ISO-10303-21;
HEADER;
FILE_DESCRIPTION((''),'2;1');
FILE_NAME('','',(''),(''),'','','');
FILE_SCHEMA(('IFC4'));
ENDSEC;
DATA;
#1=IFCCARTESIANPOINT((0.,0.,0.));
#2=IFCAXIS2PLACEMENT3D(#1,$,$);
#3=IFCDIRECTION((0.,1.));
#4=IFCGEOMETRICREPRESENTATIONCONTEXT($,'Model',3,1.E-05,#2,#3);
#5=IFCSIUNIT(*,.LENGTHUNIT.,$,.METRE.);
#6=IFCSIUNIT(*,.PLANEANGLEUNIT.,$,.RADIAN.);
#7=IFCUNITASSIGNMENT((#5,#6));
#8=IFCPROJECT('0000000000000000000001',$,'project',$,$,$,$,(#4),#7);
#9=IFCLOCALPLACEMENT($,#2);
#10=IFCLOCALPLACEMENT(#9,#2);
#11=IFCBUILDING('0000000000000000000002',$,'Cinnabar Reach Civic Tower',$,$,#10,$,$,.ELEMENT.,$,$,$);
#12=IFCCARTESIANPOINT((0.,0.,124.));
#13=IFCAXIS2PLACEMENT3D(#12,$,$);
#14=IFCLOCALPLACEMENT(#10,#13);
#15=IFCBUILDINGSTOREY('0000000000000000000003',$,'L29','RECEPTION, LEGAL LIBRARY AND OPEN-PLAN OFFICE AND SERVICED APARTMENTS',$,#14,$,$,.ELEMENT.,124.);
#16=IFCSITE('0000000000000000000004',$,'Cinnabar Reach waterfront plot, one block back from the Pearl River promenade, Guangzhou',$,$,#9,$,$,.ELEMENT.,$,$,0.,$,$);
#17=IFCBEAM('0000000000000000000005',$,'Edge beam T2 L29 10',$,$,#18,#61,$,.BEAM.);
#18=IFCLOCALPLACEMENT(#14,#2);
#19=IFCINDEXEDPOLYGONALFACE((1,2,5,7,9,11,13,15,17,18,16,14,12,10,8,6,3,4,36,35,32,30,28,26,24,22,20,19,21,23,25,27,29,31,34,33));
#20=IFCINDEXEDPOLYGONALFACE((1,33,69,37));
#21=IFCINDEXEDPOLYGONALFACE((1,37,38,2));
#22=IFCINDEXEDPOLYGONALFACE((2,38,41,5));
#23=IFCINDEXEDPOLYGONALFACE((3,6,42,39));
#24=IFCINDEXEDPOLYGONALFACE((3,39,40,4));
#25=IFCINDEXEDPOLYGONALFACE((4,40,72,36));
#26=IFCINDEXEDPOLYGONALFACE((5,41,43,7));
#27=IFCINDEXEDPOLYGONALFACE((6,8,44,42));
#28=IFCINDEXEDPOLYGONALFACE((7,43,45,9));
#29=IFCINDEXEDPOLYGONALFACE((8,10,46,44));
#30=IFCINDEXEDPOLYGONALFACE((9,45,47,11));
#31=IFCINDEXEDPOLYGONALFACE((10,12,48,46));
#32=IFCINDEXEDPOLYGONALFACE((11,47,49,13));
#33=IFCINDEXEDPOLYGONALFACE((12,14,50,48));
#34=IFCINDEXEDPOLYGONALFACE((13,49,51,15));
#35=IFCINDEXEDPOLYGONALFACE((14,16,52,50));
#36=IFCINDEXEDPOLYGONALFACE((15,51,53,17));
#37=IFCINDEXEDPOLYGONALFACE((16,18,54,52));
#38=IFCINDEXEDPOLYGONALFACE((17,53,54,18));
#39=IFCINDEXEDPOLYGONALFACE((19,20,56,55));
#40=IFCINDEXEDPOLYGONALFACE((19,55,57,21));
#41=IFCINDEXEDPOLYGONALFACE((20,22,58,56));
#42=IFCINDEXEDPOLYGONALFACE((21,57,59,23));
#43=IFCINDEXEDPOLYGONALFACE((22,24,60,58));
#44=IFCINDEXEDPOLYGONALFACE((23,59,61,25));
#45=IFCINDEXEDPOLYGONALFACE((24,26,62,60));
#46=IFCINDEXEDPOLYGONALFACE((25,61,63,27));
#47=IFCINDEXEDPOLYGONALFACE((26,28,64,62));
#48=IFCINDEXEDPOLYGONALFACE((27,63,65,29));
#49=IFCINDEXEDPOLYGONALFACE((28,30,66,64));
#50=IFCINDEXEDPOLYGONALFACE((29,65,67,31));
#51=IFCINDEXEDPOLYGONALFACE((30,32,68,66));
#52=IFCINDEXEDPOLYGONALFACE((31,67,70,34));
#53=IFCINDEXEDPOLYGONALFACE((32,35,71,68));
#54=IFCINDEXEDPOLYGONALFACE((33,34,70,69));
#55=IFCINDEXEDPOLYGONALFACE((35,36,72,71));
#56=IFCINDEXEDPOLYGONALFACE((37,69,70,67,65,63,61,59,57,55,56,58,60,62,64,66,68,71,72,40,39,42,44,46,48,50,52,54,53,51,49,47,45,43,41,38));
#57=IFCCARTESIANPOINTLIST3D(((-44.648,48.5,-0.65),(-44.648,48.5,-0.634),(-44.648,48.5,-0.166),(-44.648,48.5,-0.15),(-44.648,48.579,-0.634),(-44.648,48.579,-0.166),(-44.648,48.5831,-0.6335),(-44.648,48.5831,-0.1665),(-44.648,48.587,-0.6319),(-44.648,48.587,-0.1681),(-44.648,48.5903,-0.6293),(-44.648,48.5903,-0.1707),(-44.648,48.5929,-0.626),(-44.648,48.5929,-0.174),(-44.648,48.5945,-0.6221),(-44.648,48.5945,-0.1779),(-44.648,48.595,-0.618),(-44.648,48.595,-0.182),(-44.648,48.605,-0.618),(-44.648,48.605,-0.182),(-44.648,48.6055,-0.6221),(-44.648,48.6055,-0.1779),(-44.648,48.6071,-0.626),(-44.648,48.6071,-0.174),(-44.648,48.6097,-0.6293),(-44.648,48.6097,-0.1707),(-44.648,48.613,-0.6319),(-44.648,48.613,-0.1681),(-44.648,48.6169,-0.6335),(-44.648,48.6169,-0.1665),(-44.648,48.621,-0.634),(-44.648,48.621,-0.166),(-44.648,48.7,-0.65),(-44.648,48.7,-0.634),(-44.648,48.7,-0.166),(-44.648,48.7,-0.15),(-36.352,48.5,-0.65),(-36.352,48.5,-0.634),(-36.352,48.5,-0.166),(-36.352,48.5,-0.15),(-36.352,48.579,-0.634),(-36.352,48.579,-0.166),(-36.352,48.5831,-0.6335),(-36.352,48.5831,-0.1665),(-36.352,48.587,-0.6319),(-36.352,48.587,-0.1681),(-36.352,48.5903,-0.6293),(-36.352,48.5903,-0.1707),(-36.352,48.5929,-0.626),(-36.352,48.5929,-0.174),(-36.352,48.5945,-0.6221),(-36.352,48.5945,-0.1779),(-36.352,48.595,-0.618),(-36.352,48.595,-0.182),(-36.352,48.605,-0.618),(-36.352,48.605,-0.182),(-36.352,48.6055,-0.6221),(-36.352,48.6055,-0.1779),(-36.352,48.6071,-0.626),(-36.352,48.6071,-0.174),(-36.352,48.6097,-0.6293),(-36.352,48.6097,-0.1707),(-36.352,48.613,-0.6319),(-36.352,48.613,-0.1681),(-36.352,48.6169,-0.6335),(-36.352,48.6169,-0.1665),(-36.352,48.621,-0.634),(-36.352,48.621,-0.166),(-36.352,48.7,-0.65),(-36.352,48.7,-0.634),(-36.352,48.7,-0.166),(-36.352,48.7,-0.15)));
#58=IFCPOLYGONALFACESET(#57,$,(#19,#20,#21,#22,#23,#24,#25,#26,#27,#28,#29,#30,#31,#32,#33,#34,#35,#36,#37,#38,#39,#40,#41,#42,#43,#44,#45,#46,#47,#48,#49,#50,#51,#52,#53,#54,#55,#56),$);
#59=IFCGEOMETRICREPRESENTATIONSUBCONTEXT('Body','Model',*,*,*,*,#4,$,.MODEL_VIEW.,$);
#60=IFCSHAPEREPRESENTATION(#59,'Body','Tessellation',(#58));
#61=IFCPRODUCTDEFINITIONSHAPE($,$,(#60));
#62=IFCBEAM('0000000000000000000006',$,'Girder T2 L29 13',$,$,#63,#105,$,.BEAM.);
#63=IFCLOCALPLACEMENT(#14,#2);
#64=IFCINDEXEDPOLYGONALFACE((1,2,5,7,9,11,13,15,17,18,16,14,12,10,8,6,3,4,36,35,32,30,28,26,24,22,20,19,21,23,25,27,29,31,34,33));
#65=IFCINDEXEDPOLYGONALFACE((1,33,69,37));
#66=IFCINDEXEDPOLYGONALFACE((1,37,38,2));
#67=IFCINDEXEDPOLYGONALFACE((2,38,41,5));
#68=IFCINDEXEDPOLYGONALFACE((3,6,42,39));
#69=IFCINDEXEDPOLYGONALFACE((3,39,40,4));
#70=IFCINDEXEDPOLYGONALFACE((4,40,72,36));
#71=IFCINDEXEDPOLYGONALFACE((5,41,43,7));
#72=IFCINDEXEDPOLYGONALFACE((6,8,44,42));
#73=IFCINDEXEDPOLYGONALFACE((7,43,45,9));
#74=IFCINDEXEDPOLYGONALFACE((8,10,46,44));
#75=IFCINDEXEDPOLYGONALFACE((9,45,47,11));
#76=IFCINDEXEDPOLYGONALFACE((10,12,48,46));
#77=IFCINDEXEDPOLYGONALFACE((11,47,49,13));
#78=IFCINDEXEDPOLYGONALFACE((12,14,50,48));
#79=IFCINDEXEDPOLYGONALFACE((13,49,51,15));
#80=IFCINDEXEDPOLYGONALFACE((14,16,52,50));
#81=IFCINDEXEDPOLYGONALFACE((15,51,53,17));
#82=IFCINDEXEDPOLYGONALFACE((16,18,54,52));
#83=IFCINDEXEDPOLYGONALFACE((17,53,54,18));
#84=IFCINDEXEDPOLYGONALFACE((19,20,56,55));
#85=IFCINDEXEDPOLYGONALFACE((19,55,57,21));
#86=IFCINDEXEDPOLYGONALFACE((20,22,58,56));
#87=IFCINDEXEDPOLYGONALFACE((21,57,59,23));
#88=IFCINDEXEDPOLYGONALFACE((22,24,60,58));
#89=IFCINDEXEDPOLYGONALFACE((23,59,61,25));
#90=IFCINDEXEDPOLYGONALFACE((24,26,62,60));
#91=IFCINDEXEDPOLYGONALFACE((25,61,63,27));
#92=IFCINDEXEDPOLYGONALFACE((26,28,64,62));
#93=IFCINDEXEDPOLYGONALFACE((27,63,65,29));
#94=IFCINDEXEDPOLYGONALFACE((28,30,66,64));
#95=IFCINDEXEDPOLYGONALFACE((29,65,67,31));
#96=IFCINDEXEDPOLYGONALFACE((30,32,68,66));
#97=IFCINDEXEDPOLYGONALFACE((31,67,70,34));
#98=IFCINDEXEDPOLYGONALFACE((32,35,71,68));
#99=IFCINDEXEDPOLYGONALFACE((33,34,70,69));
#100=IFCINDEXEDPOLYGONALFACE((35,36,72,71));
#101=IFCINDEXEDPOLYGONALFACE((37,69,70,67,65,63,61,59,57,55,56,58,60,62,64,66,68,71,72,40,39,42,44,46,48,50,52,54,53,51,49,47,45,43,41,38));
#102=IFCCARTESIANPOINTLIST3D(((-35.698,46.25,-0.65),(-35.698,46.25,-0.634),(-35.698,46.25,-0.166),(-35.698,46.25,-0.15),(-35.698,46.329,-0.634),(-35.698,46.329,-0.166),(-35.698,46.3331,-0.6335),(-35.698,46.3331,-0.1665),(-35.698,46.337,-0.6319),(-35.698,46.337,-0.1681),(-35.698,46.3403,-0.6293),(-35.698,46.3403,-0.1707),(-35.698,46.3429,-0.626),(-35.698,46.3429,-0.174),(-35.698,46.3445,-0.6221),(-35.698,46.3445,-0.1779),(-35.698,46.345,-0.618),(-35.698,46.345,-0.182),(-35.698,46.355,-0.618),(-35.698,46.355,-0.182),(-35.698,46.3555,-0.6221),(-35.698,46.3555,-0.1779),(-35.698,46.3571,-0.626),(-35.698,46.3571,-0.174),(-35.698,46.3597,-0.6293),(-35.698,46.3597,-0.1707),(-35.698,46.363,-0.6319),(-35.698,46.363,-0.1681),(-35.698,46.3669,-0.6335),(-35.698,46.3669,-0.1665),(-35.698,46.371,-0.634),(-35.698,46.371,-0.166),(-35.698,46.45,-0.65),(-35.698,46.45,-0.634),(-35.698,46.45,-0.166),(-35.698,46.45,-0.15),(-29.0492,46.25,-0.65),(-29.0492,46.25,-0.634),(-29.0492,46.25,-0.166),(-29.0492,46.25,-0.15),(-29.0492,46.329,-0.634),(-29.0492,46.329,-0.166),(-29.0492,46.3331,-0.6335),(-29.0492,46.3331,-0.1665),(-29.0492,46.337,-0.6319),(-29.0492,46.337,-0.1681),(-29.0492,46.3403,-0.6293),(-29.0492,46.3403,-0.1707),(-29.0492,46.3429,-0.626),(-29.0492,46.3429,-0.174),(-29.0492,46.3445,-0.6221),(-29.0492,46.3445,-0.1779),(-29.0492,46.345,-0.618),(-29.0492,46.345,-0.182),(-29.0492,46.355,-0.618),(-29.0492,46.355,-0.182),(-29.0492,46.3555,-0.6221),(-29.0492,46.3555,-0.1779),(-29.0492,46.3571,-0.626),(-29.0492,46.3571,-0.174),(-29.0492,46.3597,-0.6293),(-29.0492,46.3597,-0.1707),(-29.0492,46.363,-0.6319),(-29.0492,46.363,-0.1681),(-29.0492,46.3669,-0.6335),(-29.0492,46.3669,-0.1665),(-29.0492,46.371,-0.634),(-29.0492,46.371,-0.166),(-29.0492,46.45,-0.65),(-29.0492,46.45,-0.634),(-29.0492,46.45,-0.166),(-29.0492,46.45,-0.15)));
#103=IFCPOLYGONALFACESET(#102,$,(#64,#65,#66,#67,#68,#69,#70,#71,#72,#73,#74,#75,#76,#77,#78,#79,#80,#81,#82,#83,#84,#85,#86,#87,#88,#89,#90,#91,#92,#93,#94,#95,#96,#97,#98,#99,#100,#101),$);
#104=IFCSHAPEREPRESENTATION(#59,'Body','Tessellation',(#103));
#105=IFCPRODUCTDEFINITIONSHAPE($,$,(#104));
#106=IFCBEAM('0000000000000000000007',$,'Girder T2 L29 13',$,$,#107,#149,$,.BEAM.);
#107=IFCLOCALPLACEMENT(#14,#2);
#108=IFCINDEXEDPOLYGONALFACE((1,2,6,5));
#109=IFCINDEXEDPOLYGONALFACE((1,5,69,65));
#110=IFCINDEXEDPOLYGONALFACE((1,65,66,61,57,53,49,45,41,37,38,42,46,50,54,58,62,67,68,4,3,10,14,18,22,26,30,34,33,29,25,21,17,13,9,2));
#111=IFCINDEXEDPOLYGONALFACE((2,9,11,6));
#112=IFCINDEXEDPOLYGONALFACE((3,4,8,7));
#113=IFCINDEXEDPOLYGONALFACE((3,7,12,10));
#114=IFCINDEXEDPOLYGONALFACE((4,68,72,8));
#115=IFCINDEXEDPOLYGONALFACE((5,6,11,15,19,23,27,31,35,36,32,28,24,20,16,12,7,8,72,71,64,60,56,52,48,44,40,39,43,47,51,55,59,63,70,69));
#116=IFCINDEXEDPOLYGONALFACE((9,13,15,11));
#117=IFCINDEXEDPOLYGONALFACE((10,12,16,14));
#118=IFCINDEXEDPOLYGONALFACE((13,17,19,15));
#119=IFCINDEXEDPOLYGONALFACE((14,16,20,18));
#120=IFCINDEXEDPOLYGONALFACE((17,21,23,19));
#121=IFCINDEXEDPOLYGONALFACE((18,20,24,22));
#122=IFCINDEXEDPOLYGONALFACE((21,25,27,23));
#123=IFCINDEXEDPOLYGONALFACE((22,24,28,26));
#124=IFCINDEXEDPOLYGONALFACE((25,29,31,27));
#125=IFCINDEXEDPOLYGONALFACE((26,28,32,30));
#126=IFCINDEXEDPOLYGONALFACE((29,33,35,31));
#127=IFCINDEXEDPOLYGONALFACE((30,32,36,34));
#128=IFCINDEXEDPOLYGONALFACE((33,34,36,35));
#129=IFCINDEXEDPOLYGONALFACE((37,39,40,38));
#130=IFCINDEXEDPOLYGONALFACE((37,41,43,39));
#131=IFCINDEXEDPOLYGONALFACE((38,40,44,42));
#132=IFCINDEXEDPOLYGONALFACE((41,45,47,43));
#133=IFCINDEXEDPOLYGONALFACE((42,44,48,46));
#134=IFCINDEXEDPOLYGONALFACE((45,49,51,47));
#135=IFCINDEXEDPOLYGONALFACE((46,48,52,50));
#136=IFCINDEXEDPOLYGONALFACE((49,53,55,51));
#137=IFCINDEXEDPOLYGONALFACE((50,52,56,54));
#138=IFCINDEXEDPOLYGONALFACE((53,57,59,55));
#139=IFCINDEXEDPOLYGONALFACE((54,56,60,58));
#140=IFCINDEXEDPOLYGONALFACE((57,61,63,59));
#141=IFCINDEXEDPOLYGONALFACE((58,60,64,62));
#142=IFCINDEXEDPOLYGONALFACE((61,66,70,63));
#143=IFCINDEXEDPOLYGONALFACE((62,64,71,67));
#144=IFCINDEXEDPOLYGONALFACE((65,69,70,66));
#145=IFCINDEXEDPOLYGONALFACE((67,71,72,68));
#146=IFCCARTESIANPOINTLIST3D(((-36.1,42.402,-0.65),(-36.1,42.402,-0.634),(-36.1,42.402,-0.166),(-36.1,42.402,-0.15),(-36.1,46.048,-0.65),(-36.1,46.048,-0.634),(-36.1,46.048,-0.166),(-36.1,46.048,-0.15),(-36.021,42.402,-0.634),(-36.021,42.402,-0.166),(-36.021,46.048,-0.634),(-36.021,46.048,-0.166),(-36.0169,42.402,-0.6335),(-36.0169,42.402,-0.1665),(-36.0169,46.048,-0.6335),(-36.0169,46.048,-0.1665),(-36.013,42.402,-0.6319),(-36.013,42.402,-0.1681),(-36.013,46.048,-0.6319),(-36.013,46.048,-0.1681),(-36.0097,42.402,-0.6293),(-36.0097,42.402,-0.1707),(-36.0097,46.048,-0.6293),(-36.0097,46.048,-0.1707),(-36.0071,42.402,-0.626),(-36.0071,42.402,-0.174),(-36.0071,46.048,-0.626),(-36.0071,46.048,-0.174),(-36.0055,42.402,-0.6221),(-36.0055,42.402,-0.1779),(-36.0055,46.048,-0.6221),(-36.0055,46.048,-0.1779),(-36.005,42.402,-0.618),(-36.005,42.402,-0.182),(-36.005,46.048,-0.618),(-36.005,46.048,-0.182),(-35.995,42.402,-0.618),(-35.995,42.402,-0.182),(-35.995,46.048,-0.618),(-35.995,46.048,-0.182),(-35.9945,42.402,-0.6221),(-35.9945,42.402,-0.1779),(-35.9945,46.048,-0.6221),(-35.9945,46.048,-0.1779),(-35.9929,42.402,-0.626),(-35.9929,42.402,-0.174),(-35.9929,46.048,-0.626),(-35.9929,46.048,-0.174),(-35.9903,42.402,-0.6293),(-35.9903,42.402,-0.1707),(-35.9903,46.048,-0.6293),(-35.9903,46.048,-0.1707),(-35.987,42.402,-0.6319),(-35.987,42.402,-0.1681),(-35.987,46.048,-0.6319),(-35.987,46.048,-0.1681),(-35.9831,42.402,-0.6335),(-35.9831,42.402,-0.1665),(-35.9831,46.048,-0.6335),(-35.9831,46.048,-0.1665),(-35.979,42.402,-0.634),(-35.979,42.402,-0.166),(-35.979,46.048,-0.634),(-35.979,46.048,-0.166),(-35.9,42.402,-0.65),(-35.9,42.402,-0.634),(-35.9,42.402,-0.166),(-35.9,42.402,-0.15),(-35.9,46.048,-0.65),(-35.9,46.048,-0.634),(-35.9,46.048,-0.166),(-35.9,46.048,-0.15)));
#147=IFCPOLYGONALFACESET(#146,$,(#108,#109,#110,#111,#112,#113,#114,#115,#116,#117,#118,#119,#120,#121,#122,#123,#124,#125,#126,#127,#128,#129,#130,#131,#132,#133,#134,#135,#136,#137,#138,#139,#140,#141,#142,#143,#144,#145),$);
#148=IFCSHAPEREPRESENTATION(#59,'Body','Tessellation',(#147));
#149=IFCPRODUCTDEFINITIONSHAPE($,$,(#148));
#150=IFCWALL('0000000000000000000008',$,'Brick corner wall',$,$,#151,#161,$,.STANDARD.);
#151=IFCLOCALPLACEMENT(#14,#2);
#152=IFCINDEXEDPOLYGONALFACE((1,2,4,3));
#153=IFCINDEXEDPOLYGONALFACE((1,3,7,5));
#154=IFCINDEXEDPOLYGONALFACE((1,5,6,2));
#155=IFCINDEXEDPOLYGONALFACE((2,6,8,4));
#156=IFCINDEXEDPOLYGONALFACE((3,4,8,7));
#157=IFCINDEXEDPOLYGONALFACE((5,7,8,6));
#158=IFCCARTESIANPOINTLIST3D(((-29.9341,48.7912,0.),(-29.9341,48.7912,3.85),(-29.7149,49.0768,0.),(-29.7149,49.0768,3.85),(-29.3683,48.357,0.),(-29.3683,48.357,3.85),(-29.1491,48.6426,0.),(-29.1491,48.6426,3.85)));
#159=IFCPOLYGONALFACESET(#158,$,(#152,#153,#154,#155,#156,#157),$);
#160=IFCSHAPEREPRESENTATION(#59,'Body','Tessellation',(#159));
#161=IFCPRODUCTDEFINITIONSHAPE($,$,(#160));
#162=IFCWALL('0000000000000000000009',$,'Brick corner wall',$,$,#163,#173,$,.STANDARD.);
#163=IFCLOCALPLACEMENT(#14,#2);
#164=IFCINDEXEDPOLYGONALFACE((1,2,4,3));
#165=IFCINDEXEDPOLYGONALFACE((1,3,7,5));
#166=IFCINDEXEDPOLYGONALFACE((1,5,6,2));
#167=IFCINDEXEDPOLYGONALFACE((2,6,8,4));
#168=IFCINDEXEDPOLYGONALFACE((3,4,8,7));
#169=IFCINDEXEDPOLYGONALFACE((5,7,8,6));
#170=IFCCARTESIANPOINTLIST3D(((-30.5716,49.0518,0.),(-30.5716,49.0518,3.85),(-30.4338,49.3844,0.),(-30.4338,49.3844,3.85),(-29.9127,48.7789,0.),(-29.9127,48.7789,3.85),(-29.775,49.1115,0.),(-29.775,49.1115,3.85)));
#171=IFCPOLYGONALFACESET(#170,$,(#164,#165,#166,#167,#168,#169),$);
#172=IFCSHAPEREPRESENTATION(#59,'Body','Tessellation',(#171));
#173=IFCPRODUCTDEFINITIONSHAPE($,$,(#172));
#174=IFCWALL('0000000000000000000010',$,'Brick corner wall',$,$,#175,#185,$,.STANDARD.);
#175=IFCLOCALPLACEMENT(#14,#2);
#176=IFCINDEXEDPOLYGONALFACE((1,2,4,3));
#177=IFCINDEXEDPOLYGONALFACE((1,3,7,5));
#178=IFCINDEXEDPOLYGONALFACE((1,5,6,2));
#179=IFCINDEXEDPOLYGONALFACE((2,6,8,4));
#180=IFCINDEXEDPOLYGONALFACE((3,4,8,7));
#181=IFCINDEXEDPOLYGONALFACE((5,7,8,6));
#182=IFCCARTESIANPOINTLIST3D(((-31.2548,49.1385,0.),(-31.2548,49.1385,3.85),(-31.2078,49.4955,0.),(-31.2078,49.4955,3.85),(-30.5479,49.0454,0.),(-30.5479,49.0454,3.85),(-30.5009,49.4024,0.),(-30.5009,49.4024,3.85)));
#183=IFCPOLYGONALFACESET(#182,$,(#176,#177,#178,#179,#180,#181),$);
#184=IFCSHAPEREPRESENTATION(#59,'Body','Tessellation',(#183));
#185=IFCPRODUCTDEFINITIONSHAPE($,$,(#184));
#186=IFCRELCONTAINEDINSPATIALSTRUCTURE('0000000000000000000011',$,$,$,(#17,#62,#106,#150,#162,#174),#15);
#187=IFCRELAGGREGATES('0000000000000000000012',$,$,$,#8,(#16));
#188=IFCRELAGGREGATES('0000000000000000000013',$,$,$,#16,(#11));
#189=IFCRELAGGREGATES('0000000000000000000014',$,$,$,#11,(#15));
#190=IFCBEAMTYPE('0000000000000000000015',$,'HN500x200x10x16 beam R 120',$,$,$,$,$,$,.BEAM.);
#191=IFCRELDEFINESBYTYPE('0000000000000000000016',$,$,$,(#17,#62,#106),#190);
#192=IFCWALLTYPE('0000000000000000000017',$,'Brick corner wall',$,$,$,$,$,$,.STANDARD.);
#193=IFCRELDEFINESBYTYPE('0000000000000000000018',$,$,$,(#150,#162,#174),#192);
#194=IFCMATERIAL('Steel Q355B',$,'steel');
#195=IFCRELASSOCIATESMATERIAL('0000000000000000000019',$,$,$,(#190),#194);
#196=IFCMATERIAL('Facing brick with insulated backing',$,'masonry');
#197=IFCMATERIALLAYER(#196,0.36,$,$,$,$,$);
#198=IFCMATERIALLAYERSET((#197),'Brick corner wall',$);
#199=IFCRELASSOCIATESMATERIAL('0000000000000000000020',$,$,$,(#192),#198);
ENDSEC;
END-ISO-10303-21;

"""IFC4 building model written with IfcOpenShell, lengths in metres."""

from ifc_helpers import new_model, si_unit, direction, frame, frame_2d, origin, origin_2d, place, context, subcontext, project, spatial, rectangle, i_section, extrude, material, layer, layer_set, material_profile, profile_set, type_object, element, save


model = new_model("IFC4")

# Units and contexts
model_context = context("Model", 3, precision=1e-05, world=origin(), true_north=direction((0.0, 1.0)))
body_context = subcontext(model_context, "Body", "Model", "MODEL_VIEW")
ifc_project = project(units=[si_unit("LENGTHUNIT", "METRE"), si_unit("PLANEANGLEUNIT", "RADIAN")], contexts=[model_context])

# Site, building, storey
site_placement = place(None, origin())
site = spatial("IfcSite", under=ifc_project, at=site_placement, Name="Cinnabar Reach waterfront plot, one block back from the Pearl River promenade, Guangzhou", CompositionType="ELEMENT", RefElevation=0.0)
building_placement = place(site_placement, origin())
building = spatial("IfcBuilding", under=site, at=building_placement, Name="Cinnabar Reach Civic Tower", CompositionType="ELEMENT")
storey_placement = place(building_placement, frame((0.0, 0.0, 124.0)))
storey = spatial("IfcBuildingStorey", under=building, at=storey_placement, Name="L29", Description="RECEPTION, LEGAL LIBRARY AND OPEN-PLAN OFFICE AND SERVICED APARTMENTS", CompositionType="ELEMENT", Elevation=124.0)

# Beams
ifc_material_1 = material(Name="Steel Q355B", Category="steel")
ifc_material_profile_1 = material_profile(ifc_material_1, i_section(OverallWidth=0.2, OverallDepth=0.5, WebThickness=0.01, FlangeThickness=0.016, FilletRadius=0.016, at=origin_2d()), Name="HN500x200x10x16")
ifc_profile_set_1 = profile_set([ifc_material_profile_1], Name="Steel Q355B")
beam_type_1 = type_object("IfcBeamType", Name="HN500x200x10x16 beam R 120", PredefinedType="BEAM", material=ifc_profile_set_1)
beam_1_placement = place(storey_placement, frame((-36.352, 48.6, -0.4), z_axis=(-1.0, 0.0, 0.0), x_axis=(0.0, -1.0, 0.0)))
element("IfcBeam", 1, at=beam_1_placement, inside=storey, type_object=beam_type_1, Name="Edge beam T2 L29 10", PredefinedType="BEAM", context=body_context, shape_type="SweptSolid", body=[
    extrude(i_section(OverallWidth=0.2, OverallDepth=0.5, WebThickness=0.01, FlangeThickness=0.016, FilletRadius=0.016, at=origin_2d()), origin(), (0.0, 0.0, 1.0), 8.296),
])
beam_2_placement = place(storey_placement, frame((-35.698, 46.35, -0.4), z_axis=(1.0, 0.0, 0.0), x_axis=(0.0, 1.0, 0.0)))
element("IfcBeam", 2, at=beam_2_placement, inside=storey, type_object=beam_type_1, Name="Girder T2 L29 13", PredefinedType="BEAM", context=body_context, shape_type="SweptSolid", body=[
    extrude(i_section(OverallWidth=0.2, OverallDepth=0.5, WebThickness=0.01, FlangeThickness=0.016, FilletRadius=0.016, at=origin_2d()), origin(), (0.0, 0.0, 1.0), 6.6488),
])
beam_3_placement = place(storey_placement, frame((-36.0, 42.402, -0.4), z_axis=(0.0, 1.0, 0.0), x_axis=(-1.0, 0.0, 0.0)))
element("IfcBeam", 3, at=beam_3_placement, inside=storey, type_object=beam_type_1, Name="Girder T2 L29 13", PredefinedType="BEAM", context=body_context, shape_type="SweptSolid", body=[
    extrude(i_section(OverallWidth=0.2, OverallDepth=0.5, WebThickness=0.01, FlangeThickness=0.016, FilletRadius=0.016, at=origin_2d()), origin(), (0.0, 0.0, 1.0), 3.646),
])

# Walls
ifc_material_2 = material(Name="Facing brick with insulated backing", Category="masonry")
ifc_layer_1 = layer(ifc_material_2, 0.36)
ifc_layer_set_1 = layer_set([ifc_layer_1], Name="Brick corner wall")
wall_type_1 = type_object("IfcWallType", Name="Brick corner wall", PredefinedType="STANDARD", material=ifc_layer_set_1)
wall_1_placement = place(storey_placement, frame((-29.2587, 48.4998, 0.0), z_axis=(0.0, 0.0, 1.0), x_axis=(-0.793322, 0.608802, 0.0)))
element("IfcWall", 4, at=wall_1_placement, inside=storey, type_object=wall_type_1, Name="Brick corner wall", PredefinedType="STANDARD", context=body_context, shape_type="SweptSolid", body=[
    extrude(rectangle(XDim=0.7132, YDim=0.36, at=frame_2d((0.3566, 0.0))), origin(), (0.0, 0.0, 1.0), 3.85),
])
for number, where, z_axis, x_axis, name in (
    (5, (-29.8439, 48.9452, 0.0), (0.0, 0.0, 1.0), (-0.923872, 0.382703, 0.0), "Brick corner wall"),
    (6, (-30.5244, 49.2239, 0.0), (0.0, 0.0, 1.0), (-0.991441, 0.130556, 0.0), "Brick corner wall"),
):
    element("IfcWall", number, at=place(storey_placement, frame(where, z_axis=z_axis, x_axis=x_axis)), inside=storey, type_object=wall_type_1, Name=name, PredefinedType="STANDARD", context=body_context, shape_type="SweptSolid", body=[
        extrude(rectangle(XDim=0.7131, YDim=0.36, at=frame_2d((0.3565, 0.0))), origin(), (0.0, 0.0, 1.0), 3.85),
    ])

save(model, "model.ifc")
